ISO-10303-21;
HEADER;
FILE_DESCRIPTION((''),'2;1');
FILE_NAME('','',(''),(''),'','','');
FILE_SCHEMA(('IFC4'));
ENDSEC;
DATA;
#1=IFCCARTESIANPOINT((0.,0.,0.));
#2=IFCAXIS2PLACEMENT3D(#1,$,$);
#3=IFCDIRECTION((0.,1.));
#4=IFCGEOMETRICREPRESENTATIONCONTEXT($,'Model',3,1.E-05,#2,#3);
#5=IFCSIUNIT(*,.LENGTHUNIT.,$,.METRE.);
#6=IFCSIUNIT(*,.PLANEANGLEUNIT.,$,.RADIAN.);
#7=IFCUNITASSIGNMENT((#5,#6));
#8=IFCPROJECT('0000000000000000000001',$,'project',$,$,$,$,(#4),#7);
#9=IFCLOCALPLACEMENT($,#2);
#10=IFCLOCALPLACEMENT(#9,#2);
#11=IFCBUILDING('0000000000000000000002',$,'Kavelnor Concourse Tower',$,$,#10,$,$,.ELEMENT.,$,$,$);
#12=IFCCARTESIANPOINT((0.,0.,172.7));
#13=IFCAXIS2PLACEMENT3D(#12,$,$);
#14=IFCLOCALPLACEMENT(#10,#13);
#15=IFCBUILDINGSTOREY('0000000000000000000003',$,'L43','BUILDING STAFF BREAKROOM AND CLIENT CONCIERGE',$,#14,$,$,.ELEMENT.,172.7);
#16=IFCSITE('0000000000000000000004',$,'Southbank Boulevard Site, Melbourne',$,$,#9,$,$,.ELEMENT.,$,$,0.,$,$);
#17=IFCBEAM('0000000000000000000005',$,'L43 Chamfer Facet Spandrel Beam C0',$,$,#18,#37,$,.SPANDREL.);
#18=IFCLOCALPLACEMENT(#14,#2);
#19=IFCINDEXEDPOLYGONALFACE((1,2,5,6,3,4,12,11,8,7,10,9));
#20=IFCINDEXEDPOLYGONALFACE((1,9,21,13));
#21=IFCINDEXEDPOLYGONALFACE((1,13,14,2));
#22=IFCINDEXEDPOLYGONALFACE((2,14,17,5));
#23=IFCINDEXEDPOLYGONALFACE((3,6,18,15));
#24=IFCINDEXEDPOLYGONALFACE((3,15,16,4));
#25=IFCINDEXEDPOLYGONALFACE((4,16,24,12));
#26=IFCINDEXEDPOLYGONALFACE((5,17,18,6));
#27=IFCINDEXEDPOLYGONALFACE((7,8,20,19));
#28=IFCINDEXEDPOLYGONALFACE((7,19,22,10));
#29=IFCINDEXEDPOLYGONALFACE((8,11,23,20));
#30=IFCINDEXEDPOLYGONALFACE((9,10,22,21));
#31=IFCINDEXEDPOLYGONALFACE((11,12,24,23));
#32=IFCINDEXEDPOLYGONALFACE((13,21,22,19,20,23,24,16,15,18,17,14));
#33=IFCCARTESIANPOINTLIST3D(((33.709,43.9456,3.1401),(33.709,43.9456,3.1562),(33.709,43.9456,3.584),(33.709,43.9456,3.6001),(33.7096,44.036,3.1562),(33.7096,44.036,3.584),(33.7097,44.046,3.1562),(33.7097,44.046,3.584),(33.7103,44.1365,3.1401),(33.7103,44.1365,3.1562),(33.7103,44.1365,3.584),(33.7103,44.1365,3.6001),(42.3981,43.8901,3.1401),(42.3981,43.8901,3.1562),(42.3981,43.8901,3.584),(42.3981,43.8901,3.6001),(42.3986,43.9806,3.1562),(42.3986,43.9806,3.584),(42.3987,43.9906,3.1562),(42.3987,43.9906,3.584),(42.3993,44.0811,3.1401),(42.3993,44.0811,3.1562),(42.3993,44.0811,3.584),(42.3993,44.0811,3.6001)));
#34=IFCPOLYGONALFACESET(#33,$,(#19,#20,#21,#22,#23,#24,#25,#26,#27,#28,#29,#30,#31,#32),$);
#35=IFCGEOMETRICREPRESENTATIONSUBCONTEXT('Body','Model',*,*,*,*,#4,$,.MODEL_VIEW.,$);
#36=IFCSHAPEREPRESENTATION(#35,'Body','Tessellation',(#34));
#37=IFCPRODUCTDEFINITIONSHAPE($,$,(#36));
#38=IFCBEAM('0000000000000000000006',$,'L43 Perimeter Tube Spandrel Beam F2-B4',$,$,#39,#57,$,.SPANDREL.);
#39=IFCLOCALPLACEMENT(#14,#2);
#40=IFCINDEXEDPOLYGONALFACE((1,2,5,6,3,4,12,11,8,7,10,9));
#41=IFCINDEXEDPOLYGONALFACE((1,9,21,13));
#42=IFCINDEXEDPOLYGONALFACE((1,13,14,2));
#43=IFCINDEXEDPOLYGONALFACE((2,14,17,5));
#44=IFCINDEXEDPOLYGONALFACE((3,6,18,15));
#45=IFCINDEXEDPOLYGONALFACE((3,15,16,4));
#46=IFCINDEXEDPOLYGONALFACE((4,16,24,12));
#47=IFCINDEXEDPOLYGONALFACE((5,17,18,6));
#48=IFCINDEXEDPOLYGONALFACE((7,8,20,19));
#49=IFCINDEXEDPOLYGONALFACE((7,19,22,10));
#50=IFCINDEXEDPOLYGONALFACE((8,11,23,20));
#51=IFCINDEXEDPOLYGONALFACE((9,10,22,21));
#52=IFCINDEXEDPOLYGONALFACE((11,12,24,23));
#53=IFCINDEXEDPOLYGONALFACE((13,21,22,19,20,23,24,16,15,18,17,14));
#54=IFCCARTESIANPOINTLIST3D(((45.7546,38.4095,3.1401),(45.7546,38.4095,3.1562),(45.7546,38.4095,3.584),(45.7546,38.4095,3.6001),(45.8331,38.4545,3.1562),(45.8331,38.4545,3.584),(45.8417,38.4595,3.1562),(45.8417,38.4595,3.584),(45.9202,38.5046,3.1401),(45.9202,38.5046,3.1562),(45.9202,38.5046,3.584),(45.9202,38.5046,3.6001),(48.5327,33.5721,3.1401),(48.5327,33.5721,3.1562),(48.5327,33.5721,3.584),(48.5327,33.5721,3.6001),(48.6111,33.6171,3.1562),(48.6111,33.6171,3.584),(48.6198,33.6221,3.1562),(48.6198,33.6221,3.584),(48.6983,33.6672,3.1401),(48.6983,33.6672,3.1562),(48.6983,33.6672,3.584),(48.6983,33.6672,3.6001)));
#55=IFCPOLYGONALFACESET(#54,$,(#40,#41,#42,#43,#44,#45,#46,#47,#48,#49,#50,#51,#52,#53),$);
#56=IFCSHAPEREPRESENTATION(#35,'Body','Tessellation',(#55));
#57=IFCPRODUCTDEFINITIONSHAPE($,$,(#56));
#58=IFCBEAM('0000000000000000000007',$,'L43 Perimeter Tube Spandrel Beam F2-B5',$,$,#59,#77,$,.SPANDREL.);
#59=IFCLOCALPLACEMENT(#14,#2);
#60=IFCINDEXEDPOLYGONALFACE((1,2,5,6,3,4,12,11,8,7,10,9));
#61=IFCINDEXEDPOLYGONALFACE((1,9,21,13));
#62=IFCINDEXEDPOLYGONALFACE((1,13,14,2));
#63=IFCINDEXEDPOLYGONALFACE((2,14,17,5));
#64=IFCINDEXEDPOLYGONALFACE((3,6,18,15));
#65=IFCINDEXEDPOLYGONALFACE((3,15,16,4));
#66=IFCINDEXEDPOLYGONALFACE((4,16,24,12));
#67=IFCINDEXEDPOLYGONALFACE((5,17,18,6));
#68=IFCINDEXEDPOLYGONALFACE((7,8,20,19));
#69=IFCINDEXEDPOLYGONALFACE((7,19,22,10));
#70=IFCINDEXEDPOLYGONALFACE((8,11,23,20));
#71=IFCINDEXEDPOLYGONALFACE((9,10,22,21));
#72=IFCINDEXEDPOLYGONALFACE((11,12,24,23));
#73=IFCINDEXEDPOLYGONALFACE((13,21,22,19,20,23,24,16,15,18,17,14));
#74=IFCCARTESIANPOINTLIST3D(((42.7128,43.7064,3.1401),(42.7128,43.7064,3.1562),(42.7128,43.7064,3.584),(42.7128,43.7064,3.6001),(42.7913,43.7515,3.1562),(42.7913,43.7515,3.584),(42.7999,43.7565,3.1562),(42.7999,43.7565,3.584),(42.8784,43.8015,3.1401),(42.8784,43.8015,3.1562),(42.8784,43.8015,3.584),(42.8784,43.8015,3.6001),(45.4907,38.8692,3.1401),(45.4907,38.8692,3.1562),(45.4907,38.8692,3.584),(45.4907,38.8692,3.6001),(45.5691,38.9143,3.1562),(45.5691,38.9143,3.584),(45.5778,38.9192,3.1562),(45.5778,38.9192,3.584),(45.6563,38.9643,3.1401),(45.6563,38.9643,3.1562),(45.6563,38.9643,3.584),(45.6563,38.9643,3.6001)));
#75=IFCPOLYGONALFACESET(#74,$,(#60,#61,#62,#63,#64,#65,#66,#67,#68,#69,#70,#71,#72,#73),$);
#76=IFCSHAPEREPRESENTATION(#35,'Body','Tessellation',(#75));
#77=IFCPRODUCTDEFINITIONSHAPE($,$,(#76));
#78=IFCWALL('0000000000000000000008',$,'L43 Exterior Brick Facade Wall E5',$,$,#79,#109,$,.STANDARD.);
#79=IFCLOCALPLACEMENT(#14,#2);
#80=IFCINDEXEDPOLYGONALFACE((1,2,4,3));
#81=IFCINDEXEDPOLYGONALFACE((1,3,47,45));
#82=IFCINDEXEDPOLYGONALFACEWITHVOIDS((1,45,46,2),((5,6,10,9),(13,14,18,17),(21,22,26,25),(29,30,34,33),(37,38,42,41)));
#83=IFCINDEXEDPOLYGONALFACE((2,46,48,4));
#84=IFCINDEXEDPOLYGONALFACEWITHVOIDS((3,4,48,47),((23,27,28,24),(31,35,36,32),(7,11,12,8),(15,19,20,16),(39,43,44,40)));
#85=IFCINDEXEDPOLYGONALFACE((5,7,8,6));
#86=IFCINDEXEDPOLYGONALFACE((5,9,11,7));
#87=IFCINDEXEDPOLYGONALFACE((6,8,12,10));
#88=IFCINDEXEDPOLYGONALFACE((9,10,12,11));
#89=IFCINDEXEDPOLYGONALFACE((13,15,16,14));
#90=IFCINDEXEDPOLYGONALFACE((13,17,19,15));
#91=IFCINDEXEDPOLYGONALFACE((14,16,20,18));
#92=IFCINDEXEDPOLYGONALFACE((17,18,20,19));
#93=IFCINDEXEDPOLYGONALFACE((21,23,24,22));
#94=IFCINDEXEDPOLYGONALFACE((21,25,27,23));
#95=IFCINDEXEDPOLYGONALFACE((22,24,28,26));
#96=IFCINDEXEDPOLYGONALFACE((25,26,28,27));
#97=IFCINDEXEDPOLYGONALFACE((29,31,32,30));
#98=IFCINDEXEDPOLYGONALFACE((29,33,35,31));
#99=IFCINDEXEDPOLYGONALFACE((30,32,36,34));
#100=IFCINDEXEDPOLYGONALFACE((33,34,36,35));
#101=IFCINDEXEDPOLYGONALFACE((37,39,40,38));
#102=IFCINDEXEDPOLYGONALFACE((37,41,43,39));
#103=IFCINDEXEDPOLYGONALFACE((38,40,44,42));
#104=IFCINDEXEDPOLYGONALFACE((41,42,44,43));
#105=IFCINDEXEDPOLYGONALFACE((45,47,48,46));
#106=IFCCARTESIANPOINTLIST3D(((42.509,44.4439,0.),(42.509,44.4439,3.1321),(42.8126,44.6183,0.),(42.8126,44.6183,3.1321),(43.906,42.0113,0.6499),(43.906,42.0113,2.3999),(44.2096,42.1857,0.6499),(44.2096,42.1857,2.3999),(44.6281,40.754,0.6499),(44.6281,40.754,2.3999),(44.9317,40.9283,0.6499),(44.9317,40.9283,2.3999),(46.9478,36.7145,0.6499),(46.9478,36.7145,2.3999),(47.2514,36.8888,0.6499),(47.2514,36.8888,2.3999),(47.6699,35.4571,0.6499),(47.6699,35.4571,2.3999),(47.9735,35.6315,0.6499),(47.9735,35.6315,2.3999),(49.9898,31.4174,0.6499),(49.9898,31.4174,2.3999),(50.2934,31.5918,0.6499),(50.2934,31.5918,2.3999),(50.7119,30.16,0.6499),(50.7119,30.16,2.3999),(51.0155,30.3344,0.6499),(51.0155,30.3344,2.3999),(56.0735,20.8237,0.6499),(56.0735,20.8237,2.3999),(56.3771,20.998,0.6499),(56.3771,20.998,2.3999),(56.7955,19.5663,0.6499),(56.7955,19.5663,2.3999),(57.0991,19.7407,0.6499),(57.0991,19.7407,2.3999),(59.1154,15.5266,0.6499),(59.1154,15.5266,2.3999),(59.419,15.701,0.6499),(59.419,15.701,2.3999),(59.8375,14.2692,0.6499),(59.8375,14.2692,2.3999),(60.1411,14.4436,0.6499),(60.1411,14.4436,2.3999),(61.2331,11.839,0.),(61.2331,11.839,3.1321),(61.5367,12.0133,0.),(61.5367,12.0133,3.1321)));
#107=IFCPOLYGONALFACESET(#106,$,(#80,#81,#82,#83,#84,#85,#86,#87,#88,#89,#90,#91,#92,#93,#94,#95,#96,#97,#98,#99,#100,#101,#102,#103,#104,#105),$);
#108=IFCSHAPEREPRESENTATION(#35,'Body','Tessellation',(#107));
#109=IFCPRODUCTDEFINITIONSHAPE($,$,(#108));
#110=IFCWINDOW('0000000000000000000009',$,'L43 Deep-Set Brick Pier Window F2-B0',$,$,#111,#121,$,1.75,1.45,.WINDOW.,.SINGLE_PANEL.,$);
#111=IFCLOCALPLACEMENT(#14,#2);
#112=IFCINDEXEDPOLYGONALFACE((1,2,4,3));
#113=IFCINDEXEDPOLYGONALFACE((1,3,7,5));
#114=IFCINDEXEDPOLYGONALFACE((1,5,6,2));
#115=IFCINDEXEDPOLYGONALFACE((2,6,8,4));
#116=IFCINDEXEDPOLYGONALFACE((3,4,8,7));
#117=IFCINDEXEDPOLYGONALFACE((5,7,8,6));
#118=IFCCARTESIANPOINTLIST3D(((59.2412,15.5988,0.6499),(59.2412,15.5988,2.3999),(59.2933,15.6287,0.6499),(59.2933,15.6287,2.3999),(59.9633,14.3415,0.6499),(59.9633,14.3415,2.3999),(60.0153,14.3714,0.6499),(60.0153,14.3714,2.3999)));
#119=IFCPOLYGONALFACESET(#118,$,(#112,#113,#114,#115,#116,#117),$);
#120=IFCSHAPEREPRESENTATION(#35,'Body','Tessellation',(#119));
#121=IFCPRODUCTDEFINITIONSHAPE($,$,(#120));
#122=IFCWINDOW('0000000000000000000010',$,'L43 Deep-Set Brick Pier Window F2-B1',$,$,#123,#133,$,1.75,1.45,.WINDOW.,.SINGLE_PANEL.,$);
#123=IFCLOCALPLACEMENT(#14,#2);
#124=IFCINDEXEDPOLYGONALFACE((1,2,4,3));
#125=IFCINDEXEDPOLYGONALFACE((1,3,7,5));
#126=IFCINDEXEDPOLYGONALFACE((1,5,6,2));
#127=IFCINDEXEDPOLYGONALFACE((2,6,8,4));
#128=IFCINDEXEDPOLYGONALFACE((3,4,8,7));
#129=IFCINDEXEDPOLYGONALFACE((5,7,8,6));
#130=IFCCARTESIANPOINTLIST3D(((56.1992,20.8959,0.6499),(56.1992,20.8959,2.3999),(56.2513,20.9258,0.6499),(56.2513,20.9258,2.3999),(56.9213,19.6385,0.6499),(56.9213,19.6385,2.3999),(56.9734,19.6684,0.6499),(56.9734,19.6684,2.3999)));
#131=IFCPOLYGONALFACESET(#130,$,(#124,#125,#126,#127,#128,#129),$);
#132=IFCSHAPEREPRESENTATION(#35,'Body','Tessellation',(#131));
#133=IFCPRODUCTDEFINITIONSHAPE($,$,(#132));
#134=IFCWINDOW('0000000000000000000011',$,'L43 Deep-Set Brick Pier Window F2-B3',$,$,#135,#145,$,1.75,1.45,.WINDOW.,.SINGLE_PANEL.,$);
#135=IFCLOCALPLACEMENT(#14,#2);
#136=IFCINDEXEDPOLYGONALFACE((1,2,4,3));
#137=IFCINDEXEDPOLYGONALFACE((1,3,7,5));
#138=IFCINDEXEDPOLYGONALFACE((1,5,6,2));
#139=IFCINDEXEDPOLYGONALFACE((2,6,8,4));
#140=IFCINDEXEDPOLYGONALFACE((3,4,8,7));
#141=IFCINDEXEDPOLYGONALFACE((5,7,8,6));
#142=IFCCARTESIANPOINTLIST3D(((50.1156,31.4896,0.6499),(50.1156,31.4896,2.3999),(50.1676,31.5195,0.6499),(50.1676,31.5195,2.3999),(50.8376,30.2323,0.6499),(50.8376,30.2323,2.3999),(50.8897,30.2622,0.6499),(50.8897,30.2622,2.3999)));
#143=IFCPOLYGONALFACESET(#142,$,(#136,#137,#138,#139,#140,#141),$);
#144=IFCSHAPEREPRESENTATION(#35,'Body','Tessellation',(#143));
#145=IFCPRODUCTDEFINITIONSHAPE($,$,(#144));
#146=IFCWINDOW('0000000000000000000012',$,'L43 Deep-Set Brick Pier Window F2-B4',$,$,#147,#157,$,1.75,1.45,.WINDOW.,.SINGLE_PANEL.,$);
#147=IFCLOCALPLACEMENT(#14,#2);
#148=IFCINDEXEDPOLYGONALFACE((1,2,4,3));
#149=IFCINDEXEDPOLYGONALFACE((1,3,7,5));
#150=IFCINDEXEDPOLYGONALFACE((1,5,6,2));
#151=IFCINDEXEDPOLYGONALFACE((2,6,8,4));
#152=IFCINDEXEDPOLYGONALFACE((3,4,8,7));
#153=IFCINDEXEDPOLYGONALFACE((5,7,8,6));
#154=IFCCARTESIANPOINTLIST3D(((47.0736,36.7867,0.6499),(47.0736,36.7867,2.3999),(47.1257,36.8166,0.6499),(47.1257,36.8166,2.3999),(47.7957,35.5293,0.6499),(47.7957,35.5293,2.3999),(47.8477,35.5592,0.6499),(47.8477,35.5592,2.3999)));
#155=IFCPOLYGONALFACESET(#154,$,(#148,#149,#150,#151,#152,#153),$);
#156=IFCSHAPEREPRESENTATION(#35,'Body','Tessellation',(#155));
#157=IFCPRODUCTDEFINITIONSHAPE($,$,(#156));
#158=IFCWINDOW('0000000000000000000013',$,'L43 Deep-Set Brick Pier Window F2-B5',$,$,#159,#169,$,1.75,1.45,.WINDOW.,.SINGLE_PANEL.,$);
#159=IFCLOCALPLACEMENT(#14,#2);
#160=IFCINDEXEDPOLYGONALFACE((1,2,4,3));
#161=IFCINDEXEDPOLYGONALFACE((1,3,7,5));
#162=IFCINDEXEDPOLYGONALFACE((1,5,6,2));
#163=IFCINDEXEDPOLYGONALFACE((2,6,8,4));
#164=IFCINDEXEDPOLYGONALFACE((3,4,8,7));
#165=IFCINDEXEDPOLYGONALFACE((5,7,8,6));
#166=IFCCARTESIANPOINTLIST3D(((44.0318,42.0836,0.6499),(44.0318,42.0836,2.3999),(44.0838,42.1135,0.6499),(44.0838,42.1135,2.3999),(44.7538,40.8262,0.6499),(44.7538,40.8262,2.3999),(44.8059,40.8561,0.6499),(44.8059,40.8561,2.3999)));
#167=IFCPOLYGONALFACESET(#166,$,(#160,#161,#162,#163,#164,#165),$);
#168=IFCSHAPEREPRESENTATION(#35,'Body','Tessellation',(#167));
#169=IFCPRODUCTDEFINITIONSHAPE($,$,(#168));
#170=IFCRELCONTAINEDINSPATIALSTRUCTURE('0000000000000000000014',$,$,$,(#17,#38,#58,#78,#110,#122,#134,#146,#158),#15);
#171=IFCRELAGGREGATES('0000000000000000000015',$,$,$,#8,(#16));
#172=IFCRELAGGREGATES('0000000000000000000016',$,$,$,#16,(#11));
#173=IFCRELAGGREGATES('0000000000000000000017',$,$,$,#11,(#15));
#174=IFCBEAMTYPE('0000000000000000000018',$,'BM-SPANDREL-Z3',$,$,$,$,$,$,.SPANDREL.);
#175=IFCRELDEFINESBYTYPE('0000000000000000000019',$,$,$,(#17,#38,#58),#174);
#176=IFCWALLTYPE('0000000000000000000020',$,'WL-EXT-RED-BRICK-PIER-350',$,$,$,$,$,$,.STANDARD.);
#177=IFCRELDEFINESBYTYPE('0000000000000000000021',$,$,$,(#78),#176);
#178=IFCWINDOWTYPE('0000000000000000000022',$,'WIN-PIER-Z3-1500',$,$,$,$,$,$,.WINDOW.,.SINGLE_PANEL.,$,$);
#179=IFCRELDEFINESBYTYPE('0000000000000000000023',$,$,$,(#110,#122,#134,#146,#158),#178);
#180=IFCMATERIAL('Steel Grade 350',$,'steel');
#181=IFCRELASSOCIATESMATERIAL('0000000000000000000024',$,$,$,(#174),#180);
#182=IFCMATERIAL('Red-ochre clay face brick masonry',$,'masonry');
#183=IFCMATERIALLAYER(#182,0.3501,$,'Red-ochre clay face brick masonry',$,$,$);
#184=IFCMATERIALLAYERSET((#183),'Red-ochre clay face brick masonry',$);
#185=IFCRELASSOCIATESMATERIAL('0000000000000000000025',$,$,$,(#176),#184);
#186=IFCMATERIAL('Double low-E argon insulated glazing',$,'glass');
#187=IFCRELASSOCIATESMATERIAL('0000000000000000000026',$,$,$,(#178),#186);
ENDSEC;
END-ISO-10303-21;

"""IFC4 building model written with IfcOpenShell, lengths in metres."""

from ifc_helpers import new_model, si_unit, direction, frame, frame_2d, origin, origin_2d, place, context, subcontext, project, spatial, rectangle, i_section, extrude, material, layer, layer_set, material_profile, profile_set, type_object, element, fill, save


model = new_model("IFC4")

# Units and contexts
model_context = context("Model", 3, precision=1e-05, world=origin(), true_north=direction((0.0, 1.0)))
body_context = subcontext(model_context, "Body", "Model", "MODEL_VIEW")
ifc_project = project(units=[si_unit("LENGTHUNIT", "METRE"), si_unit("PLANEANGLEUNIT", "RADIAN")], contexts=[model_context])

# Site, building, storey
site_placement = place(None, origin())
site = spatial("IfcSite", under=ifc_project, at=site_placement, Name="Southbank Boulevard Site, Melbourne", CompositionType="ELEMENT", RefElevation=0.0)
building_placement = place(site_placement, origin())
building = spatial("IfcBuilding", under=site, at=building_placement, Name="Kavelnor Concourse Tower", CompositionType="ELEMENT")
storey_placement = place(building_placement, frame((0.0, 0.0, 172.7)))
storey = spatial("IfcBuildingStorey", under=building, at=storey_placement, Name="L43", Description="BUILDING STAFF BREAKROOM AND CLIENT CONCIERGE", CompositionType="ELEMENT", Elevation=172.7)

# Shared definitions
ifc_material_1 = material(Name="Steel Grade 350", Category="steel")

# Beams
ifc_material_profile_1 = material_profile(ifc_material_1, i_section(OverallWidth=0.1909, OverallDepth=0.46, WebThickness=0.01, FlangeThickness=0.0161, at=origin_2d()), Name="460UB82")
ifc_profile_set_1 = profile_set([ifc_material_profile_1], Name="Steel Grade 350")
beam_type_1 = type_object("IfcBeamType", Name="BM-SPANDREL-Z3", PredefinedType="SPANDREL", material=ifc_profile_set_1)
beam_1_placement = place(storey_placement, frame((42.3987, 43.9856, 3.3701), z_axis=(-0.99998, 0.006378, 0.0), x_axis=(-0.006378, -0.99998, 0.0)))
element("IfcBeam", 1, at=beam_1_placement, inside=storey, type_object=beam_type_1, Name="L43 Chamfer Facet Spandrel Beam C0", PredefinedType="SPANDREL", context=body_context, shape_type="SweptSolid", body=[
    extrude(i_section(OverallWidth=0.1909, OverallDepth=0.46, WebThickness=0.01, FlangeThickness=0.0161, at=origin_2d()), origin(), (0.0, 0.0, 1.0), 8.6892),
])
beam_2_placement = place(storey_placement, frame((48.6155, 33.6196, 3.3701), z_axis=(-0.498009, 0.867172, 0.0), x_axis=(-0.867172, -0.498009, 0.0)))
element("IfcBeam", 2, at=beam_2_placement, inside=storey, type_object=beam_type_1, Name="L43 Perimeter Tube Spandrel Beam F2-B4", PredefinedType="SPANDREL", context=body_context, shape_type="SweptSolid", body=[
    extrude(i_section(OverallWidth=0.1909, OverallDepth=0.46, WebThickness=0.01, FlangeThickness=0.0161, at=origin_2d()), origin(), (0.0, 0.0, 1.0), 5.5784),
])
beam_3_placement = place(storey_placement, frame((45.5735, 38.9167, 3.3701), z_axis=(-0.497995, 0.86718, 0.0), x_axis=(-0.86718, -0.497995, 0.0)))
element("IfcBeam", 3, at=beam_3_placement, inside=storey, type_object=beam_type_1, Name="L43 Perimeter Tube Spandrel Beam F2-B5", PredefinedType="SPANDREL", context=body_context, shape_type="SweptSolid", body=[
    extrude(i_section(OverallWidth=0.1909, OverallDepth=0.46, WebThickness=0.01, FlangeThickness=0.0161, at=origin_2d()), origin(), (0.0, 0.0, 1.0), 5.5781),
])

# Wall, openings, windows
ifc_material_2 = material(Name="Red-ochre clay face brick masonry", Category="masonry")
ifc_layer_1 = layer(ifc_material_2, 0.3501, Name="Red-ochre clay face brick masonry")
ifc_layer_set_1 = layer_set([ifc_layer_1], Name="Red-ochre clay face brick masonry")
wall_type_1 = type_object("IfcWallType", Name="WL-EXT-RED-BRICK-PIER-350", PredefinedType="STANDARD", material=ifc_layer_set_1)
wall_1_placement = place(storey_placement, frame((42.6609, 44.531, 0.0), z_axis=(0.0, 0.0, 1.0), x_axis=(0.497996, -0.867179, 0.0)))
wall_1 = element("IfcWall", 4, at=wall_1_placement, inside=storey, type_object=wall_type_1, Name="L43 Exterior Brick Facade Wall E5", PredefinedType="STANDARD", context=body_context, shape_type="SweptSolid", body=[
    extrude(rectangle(XDim=37.5989, YDim=0.3501, at=frame_2d((18.7993, 0.0))), origin(), (0.0, 0.0, 1.0), 3.1321),
])
opening_1_placement = place(wall_1_placement, frame((33.3462, 0.0, 0.6499)))
opening_1 = element("IfcOpeningElement", 5, at=opening_1_placement, cuts=wall_1, PredefinedType="OPENING", context=body_context, shape_type="SweptSolid", body=[
    extrude(rectangle(XDim=1.45, YDim=1.75, at=frame_2d((0.7251, 0.875))), frame((0.0, 0.1851, 0.0), z_axis=(0.0, -1.0, 0.0), x_axis=(1.0, 0.0, 0.0)), (0.0, 0.0, 1.0), 0.3701),
])
opening_2_placement = place(wall_1_placement, frame((27.2378, 0.0, 0.6499)))
opening_2 = element("IfcOpeningElement", 6, at=opening_2_placement, cuts=wall_1, PredefinedType="OPENING", context=body_context, shape_type="SweptSolid", body=[
    extrude(rectangle(XDim=1.45, YDim=1.75, at=frame_2d((0.7251, 0.875))), frame((0.0, 0.1851, 0.0), z_axis=(0.0, -1.0, 0.0), x_axis=(1.0, 0.0, 0.0)), (0.0, 0.0, 1.0), 0.3701),
])
opening_3_placement = place(wall_1_placement, frame((15.0215, 0.0, 0.6499)))
opening_3 = element("IfcOpeningElement", 7, at=opening_3_placement, cuts=wall_1, PredefinedType="OPENING", context=body_context, shape_type="SweptSolid", body=[
    extrude(rectangle(XDim=1.45, YDim=1.75, at=frame_2d((0.7251, 0.875))), frame((0.0, 0.1851, 0.0), z_axis=(0.0, -1.0, 0.0), x_axis=(1.0, 0.0, 0.0)), (0.0, 0.0, 1.0), 0.3701),
])
opening_4_placement = place(wall_1_placement, frame((8.9131, 0.0, 0.6499)))
opening_4 = element("IfcOpeningElement", 8, at=opening_4_placement, cuts=wall_1, PredefinedType="OPENING", context=body_context, shape_type="SweptSolid", body=[
    extrude(rectangle(XDim=1.45, YDim=1.75, at=frame_2d((0.7251, 0.875))), frame((0.0, 0.1851, 0.0), z_axis=(0.0, -1.0, 0.0), x_axis=(1.0, 0.0, 0.0)), (0.0, 0.0, 1.0), 0.3701),
])
opening_5_placement = place(wall_1_placement, frame((2.8049, 0.0, 0.6499)))
opening_5 = element("IfcOpeningElement", 9, at=opening_5_placement, cuts=wall_1, PredefinedType="OPENING", context=body_context, shape_type="SweptSolid", body=[
    extrude(rectangle(XDim=1.45, YDim=1.75, at=frame_2d((0.7251, 0.875))), frame((0.0, 0.1851, 0.0), z_axis=(0.0, -1.0, 0.0), x_axis=(1.0, 0.0, 0.0)), (0.0, 0.0, 1.0), 0.3701),
])
ifc_material_3 = material(Name="Double low-E argon insulated glazing", Category="glass")
window_type = type_object("IfcWindowType", Name="WIN-PIER-Z3-1500", PartitioningType="SINGLE_PANEL", PredefinedType="WINDOW", material=ifc_material_3)
window_1_placement = place(opening_1_placement, origin())
window_1 = element("IfcWindow", 10, at=window_1_placement, inside=storey, type_object=window_type, Name="L43 Deep-Set Brick Pier Window F2-B0", OverallHeight=1.75, OverallWidth=1.45, PartitioningType="SINGLE_PANEL", PredefinedType="WINDOW", context=body_context, shape_type="SweptSolid", body=[
    extrude(rectangle(XDim=1.45, YDim=1.75, at=frame_2d((0.7251, 0.875))), frame((0.0, 0.03, 0.0), z_axis=(0.0, -1.0, 0.0), x_axis=(1.0, 0.0, 0.0)), (0.0, 0.0, 1.0), 0.0601),
])
fill(opening_1, window_1)
window_2_placement = place(opening_2_placement, origin())
window_2 = element("IfcWindow", 11, at=window_2_placement, inside=storey, type_object=window_type, Name="L43 Deep-Set Brick Pier Window F2-B1", OverallHeight=1.75, OverallWidth=1.45, PartitioningType="SINGLE_PANEL", PredefinedType="WINDOW", context=body_context, shape_type="SweptSolid", body=[
    extrude(rectangle(XDim=1.45, YDim=1.75, at=frame_2d((0.7251, 0.875))), frame((0.0, 0.03, 0.0), z_axis=(0.0, -1.0, 0.0), x_axis=(1.0, 0.0, 0.0)), (0.0, 0.0, 1.0), 0.0601),
])
fill(opening_2, window_2)
window_3_placement = place(opening_3_placement, origin())
window_3 = element("IfcWindow", 12, at=window_3_placement, inside=storey, type_object=window_type, Name="L43 Deep-Set Brick Pier Window F2-B3", OverallHeight=1.75, OverallWidth=1.45, PartitioningType="SINGLE_PANEL", PredefinedType="WINDOW", context=body_context, shape_type="SweptSolid", body=[
    extrude(rectangle(XDim=1.45, YDim=1.75, at=frame_2d((0.7251, 0.875))), frame((0.0, 0.03, 0.0), z_axis=(0.0, -1.0, 0.0), x_axis=(1.0, 0.0, 0.0)), (0.0, 0.0, 1.0), 0.0601),
])
fill(opening_3, window_3)
window_4_placement = place(opening_4_placement, origin())
window_4 = element("IfcWindow", 13, at=window_4_placement, inside=storey, type_object=window_type, Name="L43 Deep-Set Brick Pier Window F2-B4", OverallHeight=1.75, OverallWidth=1.45, PartitioningType="SINGLE_PANEL", PredefinedType="WINDOW", context=body_context, shape_type="SweptSolid", body=[
    extrude(rectangle(XDim=1.45, YDim=1.75, at=frame_2d((0.7251, 0.875))), frame((0.0, 0.03, 0.0), z_axis=(0.0, -1.0, 0.0), x_axis=(1.0, 0.0, 0.0)), (0.0, 0.0, 1.0), 0.0601),
])
fill(opening_4, window_4)
window_5_placement = place(opening_5_placement, origin())
window_5 = element("IfcWindow", 14, at=window_5_placement, inside=storey, type_object=window_type, Name="L43 Deep-Set Brick Pier Window F2-B5", OverallHeight=1.75, OverallWidth=1.45, PartitioningType="SINGLE_PANEL", PredefinedType="WINDOW", context=body_context, shape_type="SweptSolid", body=[
    extrude(rectangle(XDim=1.45, YDim=1.75, at=frame_2d((0.7251, 0.875))), frame((0.0, 0.03, 0.0), z_axis=(0.0, -1.0, 0.0), x_axis=(1.0, 0.0, 0.0)), (0.0, 0.0, 1.0), 0.0601),
])
fill(opening_5, window_5)

save(model, "model.ifc")
